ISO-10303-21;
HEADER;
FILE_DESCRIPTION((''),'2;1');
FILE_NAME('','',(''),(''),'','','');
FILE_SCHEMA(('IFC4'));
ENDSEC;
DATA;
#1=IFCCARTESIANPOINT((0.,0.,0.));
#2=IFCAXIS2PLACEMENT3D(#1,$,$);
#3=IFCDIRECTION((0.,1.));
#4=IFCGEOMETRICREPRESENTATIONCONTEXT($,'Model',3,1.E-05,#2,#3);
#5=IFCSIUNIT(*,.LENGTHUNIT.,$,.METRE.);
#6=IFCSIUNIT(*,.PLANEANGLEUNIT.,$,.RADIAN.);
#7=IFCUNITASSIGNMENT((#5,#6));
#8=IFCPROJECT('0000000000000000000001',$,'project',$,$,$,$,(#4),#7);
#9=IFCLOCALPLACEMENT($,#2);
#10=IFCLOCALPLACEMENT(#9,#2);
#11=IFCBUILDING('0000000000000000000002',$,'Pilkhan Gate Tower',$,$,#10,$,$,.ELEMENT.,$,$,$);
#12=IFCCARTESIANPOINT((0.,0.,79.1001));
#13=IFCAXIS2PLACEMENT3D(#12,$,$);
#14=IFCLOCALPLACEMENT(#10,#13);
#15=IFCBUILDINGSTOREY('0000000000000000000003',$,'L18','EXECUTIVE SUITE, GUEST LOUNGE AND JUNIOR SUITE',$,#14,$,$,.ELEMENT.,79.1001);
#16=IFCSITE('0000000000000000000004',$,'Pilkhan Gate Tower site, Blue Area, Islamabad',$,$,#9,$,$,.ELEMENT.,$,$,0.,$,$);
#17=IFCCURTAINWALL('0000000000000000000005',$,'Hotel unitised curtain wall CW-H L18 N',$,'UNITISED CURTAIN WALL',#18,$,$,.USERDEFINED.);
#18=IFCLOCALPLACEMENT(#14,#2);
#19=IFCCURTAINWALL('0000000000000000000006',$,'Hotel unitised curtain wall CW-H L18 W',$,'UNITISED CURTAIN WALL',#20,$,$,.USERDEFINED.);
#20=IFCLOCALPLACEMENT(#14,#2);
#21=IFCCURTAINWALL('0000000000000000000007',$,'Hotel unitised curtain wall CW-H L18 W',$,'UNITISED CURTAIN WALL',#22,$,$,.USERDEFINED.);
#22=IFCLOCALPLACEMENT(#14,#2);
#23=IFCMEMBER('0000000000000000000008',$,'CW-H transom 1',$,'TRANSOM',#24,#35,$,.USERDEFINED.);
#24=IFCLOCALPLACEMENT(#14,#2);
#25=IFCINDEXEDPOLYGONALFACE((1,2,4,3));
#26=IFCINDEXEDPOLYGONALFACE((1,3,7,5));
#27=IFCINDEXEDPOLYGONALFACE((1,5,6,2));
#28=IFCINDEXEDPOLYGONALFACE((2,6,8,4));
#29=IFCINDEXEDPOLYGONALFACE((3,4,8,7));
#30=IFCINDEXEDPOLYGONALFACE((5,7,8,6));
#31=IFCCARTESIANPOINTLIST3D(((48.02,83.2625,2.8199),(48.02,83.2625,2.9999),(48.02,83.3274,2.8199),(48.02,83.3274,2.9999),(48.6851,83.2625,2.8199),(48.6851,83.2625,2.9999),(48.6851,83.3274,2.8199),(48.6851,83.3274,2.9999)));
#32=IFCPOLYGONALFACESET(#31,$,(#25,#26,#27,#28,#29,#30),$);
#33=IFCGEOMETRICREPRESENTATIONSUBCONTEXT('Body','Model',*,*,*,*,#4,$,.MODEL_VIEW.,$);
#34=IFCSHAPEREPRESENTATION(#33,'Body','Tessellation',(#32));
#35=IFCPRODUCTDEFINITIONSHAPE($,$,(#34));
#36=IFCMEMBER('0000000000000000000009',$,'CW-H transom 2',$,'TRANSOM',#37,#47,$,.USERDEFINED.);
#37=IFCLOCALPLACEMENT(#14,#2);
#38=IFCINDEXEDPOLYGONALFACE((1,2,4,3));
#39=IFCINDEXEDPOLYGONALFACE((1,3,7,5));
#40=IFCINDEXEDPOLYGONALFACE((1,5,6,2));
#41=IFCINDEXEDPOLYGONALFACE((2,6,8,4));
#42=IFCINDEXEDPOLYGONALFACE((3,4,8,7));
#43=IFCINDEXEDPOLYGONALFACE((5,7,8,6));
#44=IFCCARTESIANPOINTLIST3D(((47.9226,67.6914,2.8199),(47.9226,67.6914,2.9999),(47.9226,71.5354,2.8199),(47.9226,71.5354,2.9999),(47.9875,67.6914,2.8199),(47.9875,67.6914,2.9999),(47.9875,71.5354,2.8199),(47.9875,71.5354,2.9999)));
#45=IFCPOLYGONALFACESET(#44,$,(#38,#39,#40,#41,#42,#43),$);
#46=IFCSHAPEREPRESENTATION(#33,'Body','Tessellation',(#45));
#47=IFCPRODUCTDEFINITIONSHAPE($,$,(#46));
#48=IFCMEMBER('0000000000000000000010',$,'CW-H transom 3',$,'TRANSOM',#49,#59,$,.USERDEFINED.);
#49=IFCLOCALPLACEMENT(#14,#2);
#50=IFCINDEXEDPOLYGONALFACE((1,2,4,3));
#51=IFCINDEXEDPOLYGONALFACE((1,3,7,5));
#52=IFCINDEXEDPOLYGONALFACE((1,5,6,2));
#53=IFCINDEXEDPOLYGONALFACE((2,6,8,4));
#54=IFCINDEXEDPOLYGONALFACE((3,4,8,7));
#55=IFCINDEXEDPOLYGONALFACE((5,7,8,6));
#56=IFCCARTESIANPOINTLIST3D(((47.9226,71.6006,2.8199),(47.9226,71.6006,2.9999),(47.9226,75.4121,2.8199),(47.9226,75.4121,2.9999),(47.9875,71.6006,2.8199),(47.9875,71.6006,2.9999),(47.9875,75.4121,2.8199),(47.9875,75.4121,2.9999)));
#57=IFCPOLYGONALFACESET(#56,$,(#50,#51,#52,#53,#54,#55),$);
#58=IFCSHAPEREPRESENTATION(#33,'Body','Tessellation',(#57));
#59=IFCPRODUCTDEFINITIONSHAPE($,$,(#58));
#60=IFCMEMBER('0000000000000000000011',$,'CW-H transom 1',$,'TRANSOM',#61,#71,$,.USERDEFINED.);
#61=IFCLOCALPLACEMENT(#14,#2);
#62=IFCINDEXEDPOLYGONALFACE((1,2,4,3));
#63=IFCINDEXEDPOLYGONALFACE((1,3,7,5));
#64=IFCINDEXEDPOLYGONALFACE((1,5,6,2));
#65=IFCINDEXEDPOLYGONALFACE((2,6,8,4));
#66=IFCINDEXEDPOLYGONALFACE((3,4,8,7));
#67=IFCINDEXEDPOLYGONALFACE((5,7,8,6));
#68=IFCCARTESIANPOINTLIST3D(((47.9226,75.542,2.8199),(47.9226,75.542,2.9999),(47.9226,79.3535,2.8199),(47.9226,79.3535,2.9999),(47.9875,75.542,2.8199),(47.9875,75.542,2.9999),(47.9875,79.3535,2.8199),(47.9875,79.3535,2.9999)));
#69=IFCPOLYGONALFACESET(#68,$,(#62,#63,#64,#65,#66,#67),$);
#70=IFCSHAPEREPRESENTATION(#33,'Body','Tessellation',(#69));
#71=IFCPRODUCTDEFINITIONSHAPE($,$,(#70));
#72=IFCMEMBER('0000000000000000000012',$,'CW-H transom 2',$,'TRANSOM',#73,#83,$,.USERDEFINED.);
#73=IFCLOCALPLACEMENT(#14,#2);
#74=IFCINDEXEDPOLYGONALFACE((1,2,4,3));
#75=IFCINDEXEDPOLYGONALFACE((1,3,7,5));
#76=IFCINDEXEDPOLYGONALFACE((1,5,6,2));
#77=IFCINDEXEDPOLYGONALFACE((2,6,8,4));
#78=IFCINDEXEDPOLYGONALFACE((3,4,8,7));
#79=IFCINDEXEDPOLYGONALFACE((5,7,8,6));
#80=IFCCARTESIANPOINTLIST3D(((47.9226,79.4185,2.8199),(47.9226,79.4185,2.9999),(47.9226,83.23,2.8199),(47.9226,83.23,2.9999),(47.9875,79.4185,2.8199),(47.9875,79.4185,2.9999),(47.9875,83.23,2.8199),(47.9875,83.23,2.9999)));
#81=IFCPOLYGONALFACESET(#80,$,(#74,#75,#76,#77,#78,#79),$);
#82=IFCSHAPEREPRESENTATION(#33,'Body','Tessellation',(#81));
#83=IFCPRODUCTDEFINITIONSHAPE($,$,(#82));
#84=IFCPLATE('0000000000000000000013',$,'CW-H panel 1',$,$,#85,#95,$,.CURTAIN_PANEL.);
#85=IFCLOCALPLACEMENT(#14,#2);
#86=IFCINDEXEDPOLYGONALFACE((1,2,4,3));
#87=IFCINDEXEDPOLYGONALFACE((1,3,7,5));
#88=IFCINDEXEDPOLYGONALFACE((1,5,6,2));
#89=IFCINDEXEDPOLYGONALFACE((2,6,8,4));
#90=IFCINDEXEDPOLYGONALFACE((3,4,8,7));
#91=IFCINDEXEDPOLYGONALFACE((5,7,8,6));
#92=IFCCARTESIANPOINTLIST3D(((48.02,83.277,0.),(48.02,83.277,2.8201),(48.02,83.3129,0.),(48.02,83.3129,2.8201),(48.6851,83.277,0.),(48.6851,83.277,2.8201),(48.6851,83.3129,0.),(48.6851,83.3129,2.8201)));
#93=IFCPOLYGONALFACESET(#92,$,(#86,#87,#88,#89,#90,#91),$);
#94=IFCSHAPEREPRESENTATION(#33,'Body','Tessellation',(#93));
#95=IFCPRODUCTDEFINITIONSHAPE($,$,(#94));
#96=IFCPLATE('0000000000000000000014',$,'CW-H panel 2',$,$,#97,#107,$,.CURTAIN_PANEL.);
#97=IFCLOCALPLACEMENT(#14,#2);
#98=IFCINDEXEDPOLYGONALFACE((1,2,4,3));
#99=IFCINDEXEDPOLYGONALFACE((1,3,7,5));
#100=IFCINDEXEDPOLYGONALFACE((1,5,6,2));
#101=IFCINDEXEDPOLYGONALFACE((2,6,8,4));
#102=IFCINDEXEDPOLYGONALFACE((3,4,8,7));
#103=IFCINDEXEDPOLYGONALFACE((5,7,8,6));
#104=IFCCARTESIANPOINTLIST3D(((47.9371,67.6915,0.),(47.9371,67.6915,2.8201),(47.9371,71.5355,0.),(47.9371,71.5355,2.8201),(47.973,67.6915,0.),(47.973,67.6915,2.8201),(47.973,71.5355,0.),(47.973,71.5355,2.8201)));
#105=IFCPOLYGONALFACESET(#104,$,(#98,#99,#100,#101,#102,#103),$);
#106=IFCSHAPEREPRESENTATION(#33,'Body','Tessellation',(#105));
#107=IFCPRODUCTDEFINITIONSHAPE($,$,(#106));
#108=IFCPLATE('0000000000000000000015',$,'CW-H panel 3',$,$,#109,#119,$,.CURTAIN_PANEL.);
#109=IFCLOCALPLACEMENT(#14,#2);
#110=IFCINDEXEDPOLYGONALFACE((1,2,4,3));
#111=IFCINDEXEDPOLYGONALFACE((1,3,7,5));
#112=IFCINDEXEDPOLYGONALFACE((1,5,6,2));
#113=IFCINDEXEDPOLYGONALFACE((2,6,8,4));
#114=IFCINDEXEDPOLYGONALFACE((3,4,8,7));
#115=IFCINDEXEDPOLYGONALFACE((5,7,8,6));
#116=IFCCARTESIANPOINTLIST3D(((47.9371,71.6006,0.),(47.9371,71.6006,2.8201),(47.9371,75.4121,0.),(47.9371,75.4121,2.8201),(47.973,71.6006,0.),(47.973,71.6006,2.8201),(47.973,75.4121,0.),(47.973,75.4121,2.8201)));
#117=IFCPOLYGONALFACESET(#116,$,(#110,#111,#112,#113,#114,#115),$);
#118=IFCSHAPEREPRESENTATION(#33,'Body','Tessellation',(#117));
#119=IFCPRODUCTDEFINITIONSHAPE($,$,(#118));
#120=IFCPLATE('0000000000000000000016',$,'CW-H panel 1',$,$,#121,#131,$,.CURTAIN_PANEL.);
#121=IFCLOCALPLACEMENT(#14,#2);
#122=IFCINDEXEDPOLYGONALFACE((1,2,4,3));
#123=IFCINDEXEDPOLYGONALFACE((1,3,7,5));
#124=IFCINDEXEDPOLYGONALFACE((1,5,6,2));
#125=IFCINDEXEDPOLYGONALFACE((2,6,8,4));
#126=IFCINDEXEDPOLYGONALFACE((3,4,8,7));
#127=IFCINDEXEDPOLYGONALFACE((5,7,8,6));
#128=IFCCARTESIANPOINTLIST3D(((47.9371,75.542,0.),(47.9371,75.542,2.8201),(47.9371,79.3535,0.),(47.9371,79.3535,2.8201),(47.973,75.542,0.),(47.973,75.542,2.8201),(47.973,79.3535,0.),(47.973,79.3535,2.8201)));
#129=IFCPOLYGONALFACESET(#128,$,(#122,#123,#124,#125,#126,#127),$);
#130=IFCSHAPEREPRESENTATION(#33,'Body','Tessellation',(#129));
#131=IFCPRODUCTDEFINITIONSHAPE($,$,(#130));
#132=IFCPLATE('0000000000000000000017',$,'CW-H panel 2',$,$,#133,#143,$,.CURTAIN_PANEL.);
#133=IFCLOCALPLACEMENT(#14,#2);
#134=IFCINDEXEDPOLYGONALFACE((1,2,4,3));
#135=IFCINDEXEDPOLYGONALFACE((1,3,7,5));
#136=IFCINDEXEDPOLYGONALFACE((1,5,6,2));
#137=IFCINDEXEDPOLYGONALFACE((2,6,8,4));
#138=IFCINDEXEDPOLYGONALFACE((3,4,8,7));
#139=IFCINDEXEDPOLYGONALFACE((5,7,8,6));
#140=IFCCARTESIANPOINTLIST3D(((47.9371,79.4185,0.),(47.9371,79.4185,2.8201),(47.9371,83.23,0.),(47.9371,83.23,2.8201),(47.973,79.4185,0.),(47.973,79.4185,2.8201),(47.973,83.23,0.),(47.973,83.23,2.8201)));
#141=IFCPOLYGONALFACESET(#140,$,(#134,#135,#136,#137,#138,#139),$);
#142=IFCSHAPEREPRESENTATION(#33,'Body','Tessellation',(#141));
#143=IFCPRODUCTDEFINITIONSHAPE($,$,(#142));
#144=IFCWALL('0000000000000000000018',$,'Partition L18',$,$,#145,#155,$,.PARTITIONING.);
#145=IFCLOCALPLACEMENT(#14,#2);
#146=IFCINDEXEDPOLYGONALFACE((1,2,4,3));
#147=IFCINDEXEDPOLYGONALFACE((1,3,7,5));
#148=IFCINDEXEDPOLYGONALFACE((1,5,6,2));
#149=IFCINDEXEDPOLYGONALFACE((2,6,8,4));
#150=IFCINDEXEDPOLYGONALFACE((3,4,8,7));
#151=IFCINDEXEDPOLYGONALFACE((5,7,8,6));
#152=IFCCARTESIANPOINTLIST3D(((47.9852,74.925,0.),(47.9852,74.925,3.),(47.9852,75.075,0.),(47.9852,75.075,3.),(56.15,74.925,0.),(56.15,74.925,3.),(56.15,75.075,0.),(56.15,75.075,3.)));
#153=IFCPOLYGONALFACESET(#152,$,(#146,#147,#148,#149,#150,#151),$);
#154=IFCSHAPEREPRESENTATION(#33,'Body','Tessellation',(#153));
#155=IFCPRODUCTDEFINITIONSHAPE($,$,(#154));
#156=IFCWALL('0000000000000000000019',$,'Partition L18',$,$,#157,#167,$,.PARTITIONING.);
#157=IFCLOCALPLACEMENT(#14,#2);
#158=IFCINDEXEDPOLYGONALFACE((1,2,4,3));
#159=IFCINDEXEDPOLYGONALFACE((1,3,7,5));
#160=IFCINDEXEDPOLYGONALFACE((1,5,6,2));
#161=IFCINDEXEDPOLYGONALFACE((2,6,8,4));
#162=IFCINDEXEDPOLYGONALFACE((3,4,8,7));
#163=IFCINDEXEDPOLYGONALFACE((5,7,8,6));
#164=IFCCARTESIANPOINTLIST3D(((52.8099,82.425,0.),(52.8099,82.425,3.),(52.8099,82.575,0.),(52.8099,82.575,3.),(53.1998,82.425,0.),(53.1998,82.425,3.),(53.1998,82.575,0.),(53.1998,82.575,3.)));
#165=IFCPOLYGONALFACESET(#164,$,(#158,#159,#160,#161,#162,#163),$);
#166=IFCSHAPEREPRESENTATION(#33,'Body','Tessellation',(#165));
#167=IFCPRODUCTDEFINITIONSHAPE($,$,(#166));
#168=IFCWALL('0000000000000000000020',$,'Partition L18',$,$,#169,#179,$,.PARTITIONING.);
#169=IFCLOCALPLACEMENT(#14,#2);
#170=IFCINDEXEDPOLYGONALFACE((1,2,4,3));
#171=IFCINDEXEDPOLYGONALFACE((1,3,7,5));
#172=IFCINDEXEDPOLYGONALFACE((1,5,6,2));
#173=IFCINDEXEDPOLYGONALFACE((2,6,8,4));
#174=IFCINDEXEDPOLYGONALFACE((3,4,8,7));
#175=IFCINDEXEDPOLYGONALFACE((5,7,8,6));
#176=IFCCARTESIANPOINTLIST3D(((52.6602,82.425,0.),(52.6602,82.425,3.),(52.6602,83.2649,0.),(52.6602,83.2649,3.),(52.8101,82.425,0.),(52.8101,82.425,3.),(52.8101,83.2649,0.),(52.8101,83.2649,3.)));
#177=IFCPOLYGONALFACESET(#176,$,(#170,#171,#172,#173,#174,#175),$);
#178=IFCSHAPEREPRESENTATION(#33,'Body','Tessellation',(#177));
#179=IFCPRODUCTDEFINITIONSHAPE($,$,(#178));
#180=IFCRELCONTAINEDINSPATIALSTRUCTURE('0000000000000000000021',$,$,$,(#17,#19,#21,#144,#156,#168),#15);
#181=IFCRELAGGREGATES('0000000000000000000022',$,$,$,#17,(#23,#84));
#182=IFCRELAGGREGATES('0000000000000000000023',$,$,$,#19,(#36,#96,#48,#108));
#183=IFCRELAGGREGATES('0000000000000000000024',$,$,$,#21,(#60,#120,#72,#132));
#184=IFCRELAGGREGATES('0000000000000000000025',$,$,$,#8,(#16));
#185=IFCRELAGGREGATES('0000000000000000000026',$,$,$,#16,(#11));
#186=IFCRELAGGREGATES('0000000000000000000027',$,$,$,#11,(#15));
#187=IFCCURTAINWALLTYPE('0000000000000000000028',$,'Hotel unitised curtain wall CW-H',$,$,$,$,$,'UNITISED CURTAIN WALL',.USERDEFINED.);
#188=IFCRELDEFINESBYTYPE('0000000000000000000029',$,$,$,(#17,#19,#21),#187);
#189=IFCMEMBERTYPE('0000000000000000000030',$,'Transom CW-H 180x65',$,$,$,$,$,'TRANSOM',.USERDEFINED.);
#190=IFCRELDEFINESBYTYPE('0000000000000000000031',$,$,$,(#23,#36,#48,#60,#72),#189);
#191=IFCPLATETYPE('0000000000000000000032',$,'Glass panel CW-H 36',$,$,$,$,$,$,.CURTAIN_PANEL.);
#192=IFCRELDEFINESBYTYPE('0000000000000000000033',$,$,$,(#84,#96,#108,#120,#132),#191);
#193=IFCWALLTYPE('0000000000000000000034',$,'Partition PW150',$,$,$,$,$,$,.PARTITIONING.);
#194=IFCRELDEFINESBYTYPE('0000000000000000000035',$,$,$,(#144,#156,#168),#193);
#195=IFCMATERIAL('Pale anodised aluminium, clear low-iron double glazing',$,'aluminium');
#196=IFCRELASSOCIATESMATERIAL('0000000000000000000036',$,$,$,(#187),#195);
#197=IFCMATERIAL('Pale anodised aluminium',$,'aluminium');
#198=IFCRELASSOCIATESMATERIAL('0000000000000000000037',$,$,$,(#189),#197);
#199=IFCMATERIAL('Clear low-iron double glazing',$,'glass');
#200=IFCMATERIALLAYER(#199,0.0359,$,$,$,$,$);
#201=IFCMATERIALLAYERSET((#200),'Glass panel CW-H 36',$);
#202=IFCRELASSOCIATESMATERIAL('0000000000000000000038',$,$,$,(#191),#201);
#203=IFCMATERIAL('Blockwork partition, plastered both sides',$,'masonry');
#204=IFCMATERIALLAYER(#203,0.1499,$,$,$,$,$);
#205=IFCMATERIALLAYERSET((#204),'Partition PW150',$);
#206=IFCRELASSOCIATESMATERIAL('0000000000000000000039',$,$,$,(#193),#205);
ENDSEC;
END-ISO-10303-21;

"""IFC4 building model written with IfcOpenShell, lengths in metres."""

from ifc_helpers import new_model, si_unit, direction, frame, frame_2d, origin, origin_2d, place, context, subcontext, project, spatial, rectangle, extrude, material, layer, layer_set, material_profile, profile_set, type_object, element, aggregate, save


model = new_model("IFC4")

# Units and contexts
model_context = context("Model", 3, precision=1e-05, world=origin(), true_north=direction((0.0, 1.0)))
body_context = subcontext(model_context, "Body", "Model", "MODEL_VIEW")
ifc_project = project(units=[si_unit("LENGTHUNIT", "METRE"), si_unit("PLANEANGLEUNIT", "RADIAN")], contexts=[model_context])

# Site, building, storey
site_placement = place(None, origin())
site = spatial("IfcSite", under=ifc_project, at=site_placement, Name="Pilkhan Gate Tower site, Blue Area, Islamabad", CompositionType="ELEMENT", RefElevation=0.0)
building_placement = place(site_placement, origin())
building = spatial("IfcBuilding", under=site, at=building_placement, Name="Pilkhan Gate Tower", CompositionType="ELEMENT")
storey_placement = place(building_placement, frame((0.0, 0.0, 79.1001)))
storey = spatial("IfcBuildingStorey", under=building, at=storey_placement, Name="L18", Description="EXECUTIVE SUITE, GUEST LOUNGE AND JUNIOR SUITE", CompositionType="ELEMENT", Elevation=79.1001)

# Curtain walls
ifc_material_1 = material(Name="Pale anodised aluminium, clear low-iron double glazing", Category="aluminium")
curtain_wall_type = type_object("IfcCurtainWallType", Name="Hotel unitised curtain wall CW-H", ElementType="UNITISED CURTAIN WALL", PredefinedType="USERDEFINED", material=ifc_material_1)
curtain_wall_1_placement = place(storey_placement, origin())
curtain_wall_1 = element("IfcCurtainWall", 1, at=curtain_wall_1_placement, inside=storey, type_object=curtain_wall_type, Name="Hotel unitised curtain wall CW-H L18 N", ObjectType="UNITISED CURTAIN WALL", PredefinedType="USERDEFINED")
ifc_material_2 = material(Name="Pale anodised aluminium", Category="aluminium")
curtain_wall_2_placement = place(storey_placement, origin())
curtain_wall_2 = element("IfcCurtainWall", 2, at=curtain_wall_2_placement, inside=storey, type_object=curtain_wall_type, Name="Hotel unitised curtain wall CW-H L18 W", ObjectType="UNITISED CURTAIN WALL", PredefinedType="USERDEFINED")
curtain_wall_3_placement = place(storey_placement, origin())
curtain_wall_3 = element("IfcCurtainWall", 3, at=curtain_wall_3_placement, inside=storey, type_object=curtain_wall_type, Name="Hotel unitised curtain wall CW-H L18 W", ObjectType="UNITISED CURTAIN WALL", PredefinedType="USERDEFINED")

# Members
ifc_material_profile_1 = material_profile(ifc_material_2, rectangle(XDim=0.0649, YDim=0.1799, at=origin_2d()), Name="Transom 180x65")
ifc_profile_set_1 = profile_set([ifc_material_profile_1], Name="Pale anodised aluminium")
member_type_1 = type_object("IfcMemberType", Name="Transom CW-H 180x65", ElementType="TRANSOM", PredefinedType="USERDEFINED", material=ifc_profile_set_1)
member_1_placement = place(storey_placement, frame((48.02, 83.2949, 2.9099), z_axis=(1.0, 0.0, 0.0), x_axis=(0.0, 1.0, 0.0)))
member_1 = element("IfcMember", 4, at=member_1_placement, type_object=member_type_1, Name="CW-H transom 1", ObjectType="TRANSOM", PredefinedType="USERDEFINED", context=body_context, shape_type="SweptSolid", body=[
    extrude(rectangle(XDim=0.0649, YDim=0.1799, at=origin_2d()), origin(), (0.0, 0.0, 1.0), 0.665),
])
member_2_placement = place(storey_placement, frame((47.9551, 67.6914, 2.9099), z_axis=(0.0, 1.0, 0.0), x_axis=(-1.0, 0.0, 0.0)))
member_2 = element("IfcMember", 5, at=member_2_placement, type_object=member_type_1, Name="CW-H transom 2", ObjectType="TRANSOM", PredefinedType="USERDEFINED", context=body_context, shape_type="SweptSolid", body=[
    extrude(rectangle(XDim=0.0649, YDim=0.1799, at=origin_2d()), origin(), (0.0, 0.0, 1.0), 3.844),
])
member_3_placement = place(storey_placement, frame((47.9551, 71.6006, 2.9099), z_axis=(0.0, 1.0, 0.0), x_axis=(-1.0, 0.0, 0.0)))
member_3 = element("IfcMember", 6, at=member_3_placement, type_object=member_type_1, Name="CW-H transom 3", ObjectType="TRANSOM", PredefinedType="USERDEFINED", context=body_context, shape_type="SweptSolid", body=[
    extrude(rectangle(XDim=0.0649, YDim=0.1799, at=origin_2d()), origin(), (0.0, 0.0, 1.0), 3.8115),
])
member_4_placement = place(storey_placement, frame((47.9551, 75.542, 2.9099), z_axis=(0.0, 1.0, 0.0), x_axis=(-1.0, 0.0, 0.0)))
member_4 = element("IfcMember", 7, at=member_4_placement, type_object=member_type_1, Name="CW-H transom 1", ObjectType="TRANSOM", PredefinedType="USERDEFINED", context=body_context, shape_type="SweptSolid", body=[
    extrude(rectangle(XDim=0.0649, YDim=0.1799, at=origin_2d()), origin(), (0.0, 0.0, 1.0), 3.8115),
])
member_5_placement = place(storey_placement, frame((47.9551, 79.4185, 2.9099), z_axis=(0.0, 1.0, 0.0), x_axis=(-1.0, 0.0, 0.0)))
member_5 = element("IfcMember", 8, at=member_5_placement, type_object=member_type_1, Name="CW-H transom 2", ObjectType="TRANSOM", PredefinedType="USERDEFINED", context=body_context, shape_type="SweptSolid", body=[
    extrude(rectangle(XDim=0.0649, YDim=0.1799, at=origin_2d()), origin(), (0.0, 0.0, 1.0), 3.8115),
])

# Plates
ifc_material_3 = material(Name="Clear low-iron double glazing", Category="glass")
ifc_layer_1 = layer(ifc_material_3, 0.0359)
ifc_layer_set_1 = layer_set([ifc_layer_1], Name="Glass panel CW-H 36")
plate_type = type_object("IfcPlateType", Name="Glass panel CW-H 36", PredefinedType="CURTAIN_PANEL", material=ifc_layer_set_1)
plate_1_placement = place(storey_placement, frame((48.3525, 83.2949, 0.0), z_axis=(0.0, 0.0, 1.0), x_axis=(1.0, 0.0, 0.0)))
plate_1 = element("IfcPlate", 9, at=plate_1_placement, type_object=plate_type, Name="CW-H panel 1", PredefinedType="CURTAIN_PANEL", context=body_context, shape_type="SweptSolid", body=[
    extrude(rectangle(XDim=0.665, YDim=0.0359, at=origin_2d()), origin(), (0.0, 0.0, 1.0), 2.8201),
])
aggregate(curtain_wall_1, [member_1, plate_1])
plate_2_placement = place(storey_placement, frame((47.9551, 69.6135, 0.0), z_axis=(0.0, 0.0, 1.0), x_axis=(0.0, 1.0, 0.0)))
plate_2 = element("IfcPlate", 10, at=plate_2_placement, type_object=plate_type, Name="CW-H panel 2", PredefinedType="CURTAIN_PANEL", context=body_context, shape_type="SweptSolid", body=[
    extrude(rectangle(XDim=3.844, YDim=0.0359, at=origin_2d()), origin(), (0.0, 0.0, 1.0), 2.8201),
])
plate_3_placement = place(storey_placement, frame((47.9551, 73.5063, 0.0), z_axis=(0.0, 0.0, 1.0), x_axis=(0.0, 1.0, 0.0)))
plate_3 = element("IfcPlate", 11, at=plate_3_placement, type_object=plate_type, Name="CW-H panel 3", PredefinedType="CURTAIN_PANEL", context=body_context, shape_type="SweptSolid", body=[
    extrude(rectangle(XDim=3.8115, YDim=0.0359, at=origin_2d()), origin(), (0.0, 0.0, 1.0), 2.8201),
])
aggregate(curtain_wall_2, [member_2, plate_2, member_3, plate_3])
plate_4_placement = place(storey_placement, frame((47.9551, 77.4478, 0.0), z_axis=(0.0, 0.0, 1.0), x_axis=(0.0, 1.0, 0.0)))
plate_4 = element("IfcPlate", 12, at=plate_4_placement, type_object=plate_type, Name="CW-H panel 1", PredefinedType="CURTAIN_PANEL", context=body_context, shape_type="SweptSolid", body=[
    extrude(rectangle(XDim=3.8115, YDim=0.0359, at=origin_2d()), origin(), (0.0, 0.0, 1.0), 2.8201),
])
plate_5_placement = place(storey_placement, frame((47.9551, 81.3242, 0.0), z_axis=(0.0, 0.0, 1.0), x_axis=(0.0, 1.0, 0.0)))
plate_5 = element("IfcPlate", 13, at=plate_5_placement, type_object=plate_type, Name="CW-H panel 2", PredefinedType="CURTAIN_PANEL", context=body_context, shape_type="SweptSolid", body=[
    extrude(rectangle(XDim=3.8115, YDim=0.0359, at=origin_2d()), origin(), (0.0, 0.0, 1.0), 2.8201),
])
aggregate(curtain_wall_3, [member_4, plate_4, member_5, plate_5])

# Walls
ifc_material_4 = material(Name="Blockwork partition, plastered both sides", Category="masonry")
ifc_layer_2 = layer(ifc_material_4, 0.1499)
ifc_layer_set_2 = layer_set([ifc_layer_2], Name="Partition PW150")
wall_type_1 = type_object("IfcWallType", Name="Partition PW150", PredefinedType="PARTITIONING", material=ifc_layer_set_2)
wall_1_placement = place(storey_placement, frame((47.9851, 75.0, 0.0), z_axis=(0.0, 0.0, 1.0), x_axis=(1.0, 0.0, 0.0)))
element("IfcWall", 14, at=wall_1_placement, inside=storey, type_object=wall_type_1, Name="Partition L18", PredefinedType="PARTITIONING", context=body_context, shape_type="SweptSolid", body=[
    extrude(rectangle(XDim=8.1648, YDim=0.1499, at=frame_2d((4.0825, 0.0))), origin(), (0.0, 0.0, 1.0), 3.0),
])
wall_2_placement = place(storey_placement, frame((52.8101, 82.5, 0.0), z_axis=(0.0, 0.0, 1.0), x_axis=(1.0, 0.0, 0.0)))
element("IfcWall", 15, at=wall_2_placement, inside=storey, type_object=wall_type_1, Name="Partition L18", PredefinedType="PARTITIONING", context=body_context, shape_type="SweptSolid", body=[
    extrude(rectangle(XDim=0.3899, YDim=0.1499, at=frame_2d((0.1948, 0.0))), origin(), (0.0, 0.0, 1.0), 3.0),
])
wall_3_placement = place(storey_placement, frame((52.7351, 82.425, 0.0), z_axis=(0.0, 0.0, 1.0), x_axis=(0.0, 1.0, 0.0)))
element("IfcWall", 16, at=wall_3_placement, inside=storey, type_object=wall_type_1, Name="Partition L18", PredefinedType="PARTITIONING", context=body_context, shape_type="SweptSolid", body=[
    extrude(rectangle(XDim=0.8398, YDim=0.1499, at=frame_2d((0.4199, 0.0))), origin(), (0.0, 0.0, 1.0), 3.0),
])

save(model, "model.ifc")
